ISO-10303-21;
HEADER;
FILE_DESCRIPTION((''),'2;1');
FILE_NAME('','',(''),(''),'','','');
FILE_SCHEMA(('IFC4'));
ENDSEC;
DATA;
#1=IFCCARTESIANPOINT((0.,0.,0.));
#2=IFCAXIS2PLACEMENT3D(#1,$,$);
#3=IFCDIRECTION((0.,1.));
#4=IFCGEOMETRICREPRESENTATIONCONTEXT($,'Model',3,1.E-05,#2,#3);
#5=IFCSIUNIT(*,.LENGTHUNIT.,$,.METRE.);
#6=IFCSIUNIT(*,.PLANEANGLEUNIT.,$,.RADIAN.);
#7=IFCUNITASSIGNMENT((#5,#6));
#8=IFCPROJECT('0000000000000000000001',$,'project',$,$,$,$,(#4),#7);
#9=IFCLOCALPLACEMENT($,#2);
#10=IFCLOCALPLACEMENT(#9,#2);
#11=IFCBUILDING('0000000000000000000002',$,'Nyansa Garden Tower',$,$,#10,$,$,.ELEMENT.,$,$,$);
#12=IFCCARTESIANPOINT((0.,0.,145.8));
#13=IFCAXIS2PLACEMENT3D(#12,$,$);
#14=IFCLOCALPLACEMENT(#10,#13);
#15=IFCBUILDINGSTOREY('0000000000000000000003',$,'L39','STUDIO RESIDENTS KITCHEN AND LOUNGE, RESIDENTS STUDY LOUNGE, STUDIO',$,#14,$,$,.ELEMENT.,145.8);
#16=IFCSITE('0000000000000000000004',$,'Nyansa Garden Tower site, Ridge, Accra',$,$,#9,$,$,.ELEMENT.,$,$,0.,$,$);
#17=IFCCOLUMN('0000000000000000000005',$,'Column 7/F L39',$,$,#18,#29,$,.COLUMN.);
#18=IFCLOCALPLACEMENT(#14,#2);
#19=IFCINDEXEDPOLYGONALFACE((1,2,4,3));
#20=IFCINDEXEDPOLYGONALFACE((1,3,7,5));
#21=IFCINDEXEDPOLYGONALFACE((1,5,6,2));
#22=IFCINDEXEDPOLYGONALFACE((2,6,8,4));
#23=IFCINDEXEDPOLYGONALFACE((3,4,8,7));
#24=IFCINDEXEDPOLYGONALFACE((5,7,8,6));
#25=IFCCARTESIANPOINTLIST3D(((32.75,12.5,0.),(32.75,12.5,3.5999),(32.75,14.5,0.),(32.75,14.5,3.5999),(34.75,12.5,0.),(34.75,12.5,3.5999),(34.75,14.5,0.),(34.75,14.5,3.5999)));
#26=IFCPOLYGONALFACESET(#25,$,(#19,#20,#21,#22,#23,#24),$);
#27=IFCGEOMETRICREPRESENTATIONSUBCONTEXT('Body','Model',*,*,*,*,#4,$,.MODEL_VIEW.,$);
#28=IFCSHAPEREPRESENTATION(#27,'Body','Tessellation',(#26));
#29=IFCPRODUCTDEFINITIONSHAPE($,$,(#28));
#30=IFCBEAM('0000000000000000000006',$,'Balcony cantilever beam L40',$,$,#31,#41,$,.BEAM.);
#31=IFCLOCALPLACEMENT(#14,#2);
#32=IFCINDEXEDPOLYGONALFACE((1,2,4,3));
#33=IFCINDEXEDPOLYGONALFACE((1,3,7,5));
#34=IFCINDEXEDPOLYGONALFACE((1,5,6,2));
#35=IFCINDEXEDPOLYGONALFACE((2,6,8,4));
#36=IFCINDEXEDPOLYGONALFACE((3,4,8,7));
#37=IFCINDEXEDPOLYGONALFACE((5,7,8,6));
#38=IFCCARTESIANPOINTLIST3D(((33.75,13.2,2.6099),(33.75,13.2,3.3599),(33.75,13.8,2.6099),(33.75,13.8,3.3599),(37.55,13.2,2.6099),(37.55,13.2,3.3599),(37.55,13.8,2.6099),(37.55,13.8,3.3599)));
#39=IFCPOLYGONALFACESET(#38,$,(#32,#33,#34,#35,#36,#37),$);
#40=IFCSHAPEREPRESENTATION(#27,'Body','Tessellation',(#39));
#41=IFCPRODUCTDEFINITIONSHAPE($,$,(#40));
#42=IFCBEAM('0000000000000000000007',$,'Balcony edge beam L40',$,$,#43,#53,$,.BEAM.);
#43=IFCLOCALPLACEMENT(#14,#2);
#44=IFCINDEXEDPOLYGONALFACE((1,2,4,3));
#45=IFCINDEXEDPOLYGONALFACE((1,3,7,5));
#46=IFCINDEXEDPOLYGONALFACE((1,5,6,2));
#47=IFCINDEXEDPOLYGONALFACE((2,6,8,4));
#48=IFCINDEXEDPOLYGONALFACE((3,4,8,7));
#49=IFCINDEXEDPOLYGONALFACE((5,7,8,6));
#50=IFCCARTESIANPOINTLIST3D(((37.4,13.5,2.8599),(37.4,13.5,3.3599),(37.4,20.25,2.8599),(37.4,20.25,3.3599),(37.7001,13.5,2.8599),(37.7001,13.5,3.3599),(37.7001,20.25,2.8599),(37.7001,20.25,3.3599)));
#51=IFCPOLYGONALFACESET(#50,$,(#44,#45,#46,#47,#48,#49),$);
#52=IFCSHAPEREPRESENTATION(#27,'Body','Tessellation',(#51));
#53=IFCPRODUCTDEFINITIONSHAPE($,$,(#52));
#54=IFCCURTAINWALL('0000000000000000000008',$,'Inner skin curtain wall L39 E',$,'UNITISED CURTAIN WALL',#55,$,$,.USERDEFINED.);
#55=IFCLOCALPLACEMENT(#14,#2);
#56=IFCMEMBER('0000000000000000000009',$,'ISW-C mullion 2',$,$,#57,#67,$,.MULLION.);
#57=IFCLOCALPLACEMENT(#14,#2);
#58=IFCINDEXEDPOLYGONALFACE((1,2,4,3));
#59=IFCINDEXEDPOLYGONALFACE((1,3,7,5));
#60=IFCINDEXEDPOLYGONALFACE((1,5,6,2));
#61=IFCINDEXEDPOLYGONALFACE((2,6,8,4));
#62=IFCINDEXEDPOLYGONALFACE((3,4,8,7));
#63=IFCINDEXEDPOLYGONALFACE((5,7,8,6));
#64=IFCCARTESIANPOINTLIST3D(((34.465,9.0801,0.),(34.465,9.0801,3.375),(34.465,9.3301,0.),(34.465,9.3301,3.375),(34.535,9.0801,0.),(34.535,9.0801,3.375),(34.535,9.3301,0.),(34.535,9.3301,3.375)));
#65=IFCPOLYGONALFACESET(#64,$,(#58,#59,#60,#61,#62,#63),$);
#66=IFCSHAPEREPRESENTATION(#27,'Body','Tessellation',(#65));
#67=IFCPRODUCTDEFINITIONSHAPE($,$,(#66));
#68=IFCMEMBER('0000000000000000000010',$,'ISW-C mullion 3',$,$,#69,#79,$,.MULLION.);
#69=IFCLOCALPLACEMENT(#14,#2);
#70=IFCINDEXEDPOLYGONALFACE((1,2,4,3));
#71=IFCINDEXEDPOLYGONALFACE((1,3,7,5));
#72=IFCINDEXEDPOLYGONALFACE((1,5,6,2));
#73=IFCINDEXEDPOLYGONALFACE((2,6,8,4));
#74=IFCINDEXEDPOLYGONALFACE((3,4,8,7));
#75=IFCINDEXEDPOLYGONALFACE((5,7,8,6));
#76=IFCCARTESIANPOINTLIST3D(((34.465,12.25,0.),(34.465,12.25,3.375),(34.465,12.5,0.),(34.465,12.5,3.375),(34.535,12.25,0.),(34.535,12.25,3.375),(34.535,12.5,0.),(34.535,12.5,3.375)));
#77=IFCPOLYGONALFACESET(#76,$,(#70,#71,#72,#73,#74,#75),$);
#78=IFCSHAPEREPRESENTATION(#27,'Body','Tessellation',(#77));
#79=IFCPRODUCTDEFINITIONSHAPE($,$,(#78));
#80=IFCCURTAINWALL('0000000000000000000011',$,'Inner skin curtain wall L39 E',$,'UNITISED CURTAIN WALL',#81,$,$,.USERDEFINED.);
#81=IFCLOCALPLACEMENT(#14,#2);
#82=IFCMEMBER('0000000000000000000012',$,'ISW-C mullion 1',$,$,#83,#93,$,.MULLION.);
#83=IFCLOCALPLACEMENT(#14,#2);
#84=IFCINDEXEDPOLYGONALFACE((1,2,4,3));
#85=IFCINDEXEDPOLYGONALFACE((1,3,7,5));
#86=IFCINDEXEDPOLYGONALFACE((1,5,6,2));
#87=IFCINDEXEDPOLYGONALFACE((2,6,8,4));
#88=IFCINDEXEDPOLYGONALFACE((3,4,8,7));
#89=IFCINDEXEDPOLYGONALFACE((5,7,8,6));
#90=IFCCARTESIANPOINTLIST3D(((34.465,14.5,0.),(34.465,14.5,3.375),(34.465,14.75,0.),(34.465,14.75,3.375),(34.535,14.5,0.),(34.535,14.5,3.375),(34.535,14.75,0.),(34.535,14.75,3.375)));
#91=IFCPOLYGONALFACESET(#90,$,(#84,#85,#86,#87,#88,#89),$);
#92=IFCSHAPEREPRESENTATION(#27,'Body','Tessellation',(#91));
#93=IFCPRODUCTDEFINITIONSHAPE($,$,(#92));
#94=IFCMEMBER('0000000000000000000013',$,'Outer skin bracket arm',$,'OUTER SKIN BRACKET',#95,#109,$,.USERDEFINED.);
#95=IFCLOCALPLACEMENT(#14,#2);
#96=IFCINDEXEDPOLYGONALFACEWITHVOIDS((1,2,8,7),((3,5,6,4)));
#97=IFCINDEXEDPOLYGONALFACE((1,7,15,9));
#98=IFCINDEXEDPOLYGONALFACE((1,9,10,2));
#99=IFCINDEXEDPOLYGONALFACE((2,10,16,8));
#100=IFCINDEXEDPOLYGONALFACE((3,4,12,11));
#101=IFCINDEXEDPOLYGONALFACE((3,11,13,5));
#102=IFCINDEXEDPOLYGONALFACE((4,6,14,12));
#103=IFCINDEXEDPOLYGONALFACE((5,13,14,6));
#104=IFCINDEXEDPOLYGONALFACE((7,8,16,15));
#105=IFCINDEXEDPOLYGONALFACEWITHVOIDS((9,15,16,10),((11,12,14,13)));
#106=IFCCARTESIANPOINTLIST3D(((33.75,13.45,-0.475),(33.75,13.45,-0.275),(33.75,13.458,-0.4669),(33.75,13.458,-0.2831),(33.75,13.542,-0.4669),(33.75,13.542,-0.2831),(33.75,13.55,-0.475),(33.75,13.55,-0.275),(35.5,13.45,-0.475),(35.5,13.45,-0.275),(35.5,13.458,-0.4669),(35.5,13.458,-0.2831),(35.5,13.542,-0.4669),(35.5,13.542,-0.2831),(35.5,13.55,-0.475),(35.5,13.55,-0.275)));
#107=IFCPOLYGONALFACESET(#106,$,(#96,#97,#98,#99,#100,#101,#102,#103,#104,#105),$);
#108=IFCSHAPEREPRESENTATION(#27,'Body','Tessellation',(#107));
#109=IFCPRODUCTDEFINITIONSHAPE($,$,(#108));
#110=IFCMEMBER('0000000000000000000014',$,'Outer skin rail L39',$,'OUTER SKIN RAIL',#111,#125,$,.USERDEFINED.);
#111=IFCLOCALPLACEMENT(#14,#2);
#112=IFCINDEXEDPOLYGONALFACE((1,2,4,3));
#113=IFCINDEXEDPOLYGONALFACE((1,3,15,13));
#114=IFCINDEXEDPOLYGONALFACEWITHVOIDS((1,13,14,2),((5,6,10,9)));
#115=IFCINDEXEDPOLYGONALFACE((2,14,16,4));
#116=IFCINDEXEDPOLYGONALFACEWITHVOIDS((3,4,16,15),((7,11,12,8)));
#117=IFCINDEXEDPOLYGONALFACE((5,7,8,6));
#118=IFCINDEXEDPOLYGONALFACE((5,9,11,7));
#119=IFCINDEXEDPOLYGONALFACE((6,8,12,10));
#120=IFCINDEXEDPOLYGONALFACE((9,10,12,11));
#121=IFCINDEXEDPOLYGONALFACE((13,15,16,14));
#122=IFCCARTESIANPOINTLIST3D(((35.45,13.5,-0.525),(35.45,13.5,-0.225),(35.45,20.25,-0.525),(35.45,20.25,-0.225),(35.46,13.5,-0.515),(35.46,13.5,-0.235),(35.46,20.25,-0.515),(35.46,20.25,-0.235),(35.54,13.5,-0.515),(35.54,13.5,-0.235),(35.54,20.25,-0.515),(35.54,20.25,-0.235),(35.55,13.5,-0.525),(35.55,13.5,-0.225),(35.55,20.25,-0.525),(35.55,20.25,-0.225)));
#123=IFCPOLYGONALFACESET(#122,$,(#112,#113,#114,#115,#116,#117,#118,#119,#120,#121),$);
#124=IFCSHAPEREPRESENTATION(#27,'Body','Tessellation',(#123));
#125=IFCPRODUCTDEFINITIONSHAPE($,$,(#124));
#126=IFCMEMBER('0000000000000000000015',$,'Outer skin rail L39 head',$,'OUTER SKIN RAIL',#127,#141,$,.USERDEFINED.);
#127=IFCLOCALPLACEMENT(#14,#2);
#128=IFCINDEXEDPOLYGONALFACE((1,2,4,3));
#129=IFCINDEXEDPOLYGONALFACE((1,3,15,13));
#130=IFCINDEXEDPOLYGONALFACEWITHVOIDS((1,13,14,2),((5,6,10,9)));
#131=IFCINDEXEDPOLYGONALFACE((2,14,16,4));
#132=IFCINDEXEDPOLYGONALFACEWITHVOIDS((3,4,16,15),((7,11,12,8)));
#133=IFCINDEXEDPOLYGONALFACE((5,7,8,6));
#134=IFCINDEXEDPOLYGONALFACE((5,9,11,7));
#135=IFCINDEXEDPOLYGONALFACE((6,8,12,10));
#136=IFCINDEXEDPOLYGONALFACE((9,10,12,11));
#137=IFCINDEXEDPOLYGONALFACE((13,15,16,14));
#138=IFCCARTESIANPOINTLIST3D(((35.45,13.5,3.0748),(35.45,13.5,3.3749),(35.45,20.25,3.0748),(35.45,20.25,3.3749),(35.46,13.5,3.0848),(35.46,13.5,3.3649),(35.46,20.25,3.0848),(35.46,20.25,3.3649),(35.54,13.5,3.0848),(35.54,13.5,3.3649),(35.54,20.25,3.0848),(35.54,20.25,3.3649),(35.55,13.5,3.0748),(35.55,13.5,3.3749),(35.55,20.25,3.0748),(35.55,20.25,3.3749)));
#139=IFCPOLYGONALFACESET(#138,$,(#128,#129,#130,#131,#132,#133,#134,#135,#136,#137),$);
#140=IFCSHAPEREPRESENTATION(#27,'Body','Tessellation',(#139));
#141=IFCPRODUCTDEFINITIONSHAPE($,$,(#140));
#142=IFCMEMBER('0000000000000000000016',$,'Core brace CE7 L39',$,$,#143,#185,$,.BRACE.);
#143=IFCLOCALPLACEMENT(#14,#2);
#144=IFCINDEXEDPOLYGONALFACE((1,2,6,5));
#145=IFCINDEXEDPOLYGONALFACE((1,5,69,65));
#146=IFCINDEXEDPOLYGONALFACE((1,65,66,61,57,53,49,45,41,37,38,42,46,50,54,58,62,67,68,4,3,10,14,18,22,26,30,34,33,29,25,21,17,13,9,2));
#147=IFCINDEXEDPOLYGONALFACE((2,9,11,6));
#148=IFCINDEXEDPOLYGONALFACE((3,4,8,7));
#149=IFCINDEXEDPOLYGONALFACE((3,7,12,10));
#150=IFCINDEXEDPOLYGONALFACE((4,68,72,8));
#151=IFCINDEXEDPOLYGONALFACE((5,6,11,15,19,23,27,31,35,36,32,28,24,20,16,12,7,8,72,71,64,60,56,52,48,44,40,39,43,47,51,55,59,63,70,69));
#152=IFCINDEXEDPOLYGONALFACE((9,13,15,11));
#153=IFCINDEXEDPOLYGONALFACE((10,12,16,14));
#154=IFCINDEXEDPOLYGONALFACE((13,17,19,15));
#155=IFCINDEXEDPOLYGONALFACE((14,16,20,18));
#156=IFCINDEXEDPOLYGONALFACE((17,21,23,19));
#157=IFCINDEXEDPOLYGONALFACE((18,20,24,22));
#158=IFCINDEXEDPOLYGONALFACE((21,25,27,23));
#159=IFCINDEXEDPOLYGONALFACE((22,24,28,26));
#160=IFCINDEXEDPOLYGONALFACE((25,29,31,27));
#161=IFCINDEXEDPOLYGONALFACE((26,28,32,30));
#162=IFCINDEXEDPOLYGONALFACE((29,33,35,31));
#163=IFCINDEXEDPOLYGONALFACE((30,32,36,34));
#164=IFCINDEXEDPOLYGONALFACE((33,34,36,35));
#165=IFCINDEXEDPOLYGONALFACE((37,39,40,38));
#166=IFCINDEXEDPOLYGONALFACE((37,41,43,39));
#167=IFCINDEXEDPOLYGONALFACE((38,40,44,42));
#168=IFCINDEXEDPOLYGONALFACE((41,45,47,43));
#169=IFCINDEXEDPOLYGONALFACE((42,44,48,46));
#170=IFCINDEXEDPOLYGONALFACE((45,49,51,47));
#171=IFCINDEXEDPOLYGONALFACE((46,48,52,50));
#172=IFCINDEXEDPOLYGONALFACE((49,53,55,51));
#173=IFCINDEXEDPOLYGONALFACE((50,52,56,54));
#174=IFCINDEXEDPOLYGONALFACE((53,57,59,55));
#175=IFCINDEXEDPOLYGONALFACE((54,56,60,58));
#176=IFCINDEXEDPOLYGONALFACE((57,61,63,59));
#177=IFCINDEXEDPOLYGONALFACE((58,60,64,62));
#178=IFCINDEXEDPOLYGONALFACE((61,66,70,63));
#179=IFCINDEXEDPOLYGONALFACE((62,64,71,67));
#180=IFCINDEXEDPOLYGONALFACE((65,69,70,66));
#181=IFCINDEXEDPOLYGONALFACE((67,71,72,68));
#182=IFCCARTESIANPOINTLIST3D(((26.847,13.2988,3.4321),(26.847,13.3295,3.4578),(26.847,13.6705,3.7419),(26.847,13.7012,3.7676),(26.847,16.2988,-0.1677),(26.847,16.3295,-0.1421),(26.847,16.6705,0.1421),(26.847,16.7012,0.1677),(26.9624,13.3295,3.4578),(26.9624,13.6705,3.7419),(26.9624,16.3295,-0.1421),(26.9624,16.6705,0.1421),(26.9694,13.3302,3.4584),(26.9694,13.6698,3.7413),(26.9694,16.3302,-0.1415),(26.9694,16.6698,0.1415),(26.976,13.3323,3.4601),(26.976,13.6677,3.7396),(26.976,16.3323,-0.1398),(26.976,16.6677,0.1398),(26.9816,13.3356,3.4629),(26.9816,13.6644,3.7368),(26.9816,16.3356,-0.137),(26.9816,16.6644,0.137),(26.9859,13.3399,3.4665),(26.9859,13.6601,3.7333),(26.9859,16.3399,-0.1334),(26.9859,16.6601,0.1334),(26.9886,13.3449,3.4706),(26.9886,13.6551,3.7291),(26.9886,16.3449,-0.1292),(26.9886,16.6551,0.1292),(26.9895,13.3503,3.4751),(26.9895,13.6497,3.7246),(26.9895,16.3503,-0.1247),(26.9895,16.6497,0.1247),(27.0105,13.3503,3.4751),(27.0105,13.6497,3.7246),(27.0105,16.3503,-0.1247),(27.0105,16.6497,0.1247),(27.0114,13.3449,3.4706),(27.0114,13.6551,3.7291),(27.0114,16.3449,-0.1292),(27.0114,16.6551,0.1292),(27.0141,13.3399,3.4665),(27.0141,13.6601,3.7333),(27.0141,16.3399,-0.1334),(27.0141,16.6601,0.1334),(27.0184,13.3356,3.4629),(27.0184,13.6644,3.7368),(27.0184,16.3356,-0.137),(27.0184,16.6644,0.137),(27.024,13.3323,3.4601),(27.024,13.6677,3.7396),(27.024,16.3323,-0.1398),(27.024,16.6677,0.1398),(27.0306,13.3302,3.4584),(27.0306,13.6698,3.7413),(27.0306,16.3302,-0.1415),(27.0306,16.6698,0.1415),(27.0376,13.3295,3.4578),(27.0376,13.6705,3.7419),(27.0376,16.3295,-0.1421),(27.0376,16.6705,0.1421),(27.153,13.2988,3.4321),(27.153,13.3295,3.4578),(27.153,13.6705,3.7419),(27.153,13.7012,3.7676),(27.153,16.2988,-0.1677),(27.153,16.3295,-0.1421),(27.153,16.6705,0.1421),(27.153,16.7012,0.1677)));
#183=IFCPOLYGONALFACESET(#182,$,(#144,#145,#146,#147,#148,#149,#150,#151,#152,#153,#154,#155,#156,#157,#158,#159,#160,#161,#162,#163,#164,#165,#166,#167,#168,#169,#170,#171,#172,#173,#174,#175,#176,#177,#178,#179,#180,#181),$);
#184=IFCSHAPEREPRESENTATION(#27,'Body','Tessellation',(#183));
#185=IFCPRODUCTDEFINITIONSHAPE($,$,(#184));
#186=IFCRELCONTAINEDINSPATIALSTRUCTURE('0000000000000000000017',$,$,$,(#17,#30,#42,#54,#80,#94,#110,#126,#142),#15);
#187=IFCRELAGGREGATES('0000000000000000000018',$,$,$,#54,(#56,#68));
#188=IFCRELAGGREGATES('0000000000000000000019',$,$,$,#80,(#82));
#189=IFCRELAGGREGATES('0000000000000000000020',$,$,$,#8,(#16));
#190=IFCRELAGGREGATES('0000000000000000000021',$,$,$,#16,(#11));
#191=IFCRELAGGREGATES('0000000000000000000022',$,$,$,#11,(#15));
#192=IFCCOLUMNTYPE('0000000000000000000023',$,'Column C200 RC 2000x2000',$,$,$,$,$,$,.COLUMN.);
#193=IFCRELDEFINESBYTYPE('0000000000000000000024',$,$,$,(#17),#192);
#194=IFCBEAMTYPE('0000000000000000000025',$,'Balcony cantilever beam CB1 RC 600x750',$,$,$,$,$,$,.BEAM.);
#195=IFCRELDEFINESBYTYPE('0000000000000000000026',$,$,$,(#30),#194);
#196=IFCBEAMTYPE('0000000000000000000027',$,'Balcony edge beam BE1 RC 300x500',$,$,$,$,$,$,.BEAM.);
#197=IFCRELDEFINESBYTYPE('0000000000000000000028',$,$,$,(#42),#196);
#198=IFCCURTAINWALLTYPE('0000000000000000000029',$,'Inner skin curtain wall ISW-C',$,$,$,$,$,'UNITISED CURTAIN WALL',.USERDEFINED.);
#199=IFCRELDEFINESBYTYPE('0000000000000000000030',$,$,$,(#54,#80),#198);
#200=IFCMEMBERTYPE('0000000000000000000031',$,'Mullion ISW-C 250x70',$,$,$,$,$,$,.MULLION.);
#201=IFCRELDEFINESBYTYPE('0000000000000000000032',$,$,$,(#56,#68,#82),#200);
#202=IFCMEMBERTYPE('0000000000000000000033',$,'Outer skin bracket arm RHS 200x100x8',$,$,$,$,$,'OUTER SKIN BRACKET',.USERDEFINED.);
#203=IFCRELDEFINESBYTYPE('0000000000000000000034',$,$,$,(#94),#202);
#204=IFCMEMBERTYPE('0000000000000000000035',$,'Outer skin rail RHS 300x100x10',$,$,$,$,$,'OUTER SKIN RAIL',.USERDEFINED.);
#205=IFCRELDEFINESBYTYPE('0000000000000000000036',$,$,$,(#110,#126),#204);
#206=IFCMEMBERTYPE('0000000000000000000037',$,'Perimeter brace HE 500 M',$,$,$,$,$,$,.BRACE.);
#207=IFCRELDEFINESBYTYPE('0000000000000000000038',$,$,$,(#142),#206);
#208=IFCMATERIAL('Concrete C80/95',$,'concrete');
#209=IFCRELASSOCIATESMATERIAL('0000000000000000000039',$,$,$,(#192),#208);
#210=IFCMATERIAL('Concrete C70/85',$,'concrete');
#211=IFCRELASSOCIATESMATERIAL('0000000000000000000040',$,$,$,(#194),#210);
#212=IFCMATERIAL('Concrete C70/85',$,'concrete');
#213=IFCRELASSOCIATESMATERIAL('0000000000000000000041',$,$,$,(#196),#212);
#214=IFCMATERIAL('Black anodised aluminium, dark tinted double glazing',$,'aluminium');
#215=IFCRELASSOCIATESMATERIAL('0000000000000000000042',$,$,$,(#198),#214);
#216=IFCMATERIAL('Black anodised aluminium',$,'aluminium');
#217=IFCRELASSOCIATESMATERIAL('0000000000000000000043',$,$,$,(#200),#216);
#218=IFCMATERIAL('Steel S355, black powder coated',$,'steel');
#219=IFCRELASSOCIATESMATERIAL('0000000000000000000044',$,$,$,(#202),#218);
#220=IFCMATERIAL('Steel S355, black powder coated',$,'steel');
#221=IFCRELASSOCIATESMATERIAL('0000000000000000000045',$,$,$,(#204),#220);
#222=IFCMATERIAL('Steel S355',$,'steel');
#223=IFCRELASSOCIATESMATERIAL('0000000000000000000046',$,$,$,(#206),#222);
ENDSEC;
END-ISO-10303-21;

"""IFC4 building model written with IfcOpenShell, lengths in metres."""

from ifc_helpers import new_model, si_unit, direction, frame, origin, origin_2d, place, context, subcontext, project, spatial, rectangle, hollow_rectangle, i_section, extrude, material, material_profile, profile_set, type_object, element, aggregate, save


model = new_model("IFC4")

# Units and contexts
model_context = context("Model", 3, precision=1e-05, world=origin(), true_north=direction((0.0, 1.0)))
body_context = subcontext(model_context, "Body", "Model", "MODEL_VIEW")
ifc_project = project(units=[si_unit("LENGTHUNIT", "METRE"), si_unit("PLANEANGLEUNIT", "RADIAN")], contexts=[model_context])

# Site, building, storey
site_placement = place(None, origin())
site = spatial("IfcSite", under=ifc_project, at=site_placement, Name="Nyansa Garden Tower site, Ridge, Accra", CompositionType="ELEMENT", RefElevation=0.0)
building_placement = place(site_placement, origin())
building = spatial("IfcBuilding", under=site, at=building_placement, Name="Nyansa Garden Tower", CompositionType="ELEMENT")
storey_placement = place(building_placement, frame((0.0, 0.0, 145.8)))
storey = spatial("IfcBuildingStorey", under=building, at=storey_placement, Name="L39", Description="STUDIO RESIDENTS KITCHEN AND LOUNGE, RESIDENTS STUDY LOUNGE, STUDIO", CompositionType="ELEMENT", Elevation=145.8)

# Column
ifc_material_1 = material(Name="Concrete C80/95", Category="concrete")
ifc_material_profile_1 = material_profile(ifc_material_1, rectangle(XDim=2.0, YDim=2.0, at=origin_2d()), Name="RC 2000x2000")
ifc_profile_set_1 = profile_set([ifc_material_profile_1], Name="Concrete C80/95")
column_type = type_object("IfcColumnType", Name="Column C200 RC 2000x2000", PredefinedType="COLUMN", material=ifc_profile_set_1)
column_placement = place(storey_placement, frame((33.75, 13.5, 0.0), z_axis=(0.0, 0.0, 1.0), x_axis=(1.0, 0.0, 0.0)))
element("IfcColumn", 1, at=column_placement, inside=storey, type_object=column_type, Name="Column 7/F L39", PredefinedType="COLUMN", context=body_context, shape_type="SweptSolid", body=[
    extrude(rectangle(XDim=2.0, YDim=2.0, at=origin_2d()), origin(), (0.0, 0.0, 1.0), 3.5999),
])

# Beams
ifc_material_2 = material(Name="Concrete C70/85", Category="concrete")
ifc_material_profile_2 = material_profile(ifc_material_2, rectangle(XDim=0.6001, YDim=0.75, at=origin_2d()), Name="RC 600x750")
ifc_profile_set_2 = profile_set([ifc_material_profile_2], Name="Concrete C70/85")
beam_type_1 = type_object("IfcBeamType", Name="Balcony cantilever beam CB1 RC 600x750", PredefinedType="BEAM", material=ifc_profile_set_2)
beam_1_placement = place(storey_placement, frame((33.75, 13.5, 2.9849), z_axis=(1.0, 0.0, 0.0), x_axis=(0.0, 1.0, 0.0)))
element("IfcBeam", 2, at=beam_1_placement, inside=storey, type_object=beam_type_1, Name="Balcony cantilever beam L40", PredefinedType="BEAM", context=body_context, shape_type="SweptSolid", body=[
    extrude(rectangle(XDim=0.6001, YDim=0.75, at=origin_2d()), origin(), (0.0, 0.0, 1.0), 3.8),
])
ifc_material_3 = material(Name="Concrete C70/85", Category="concrete")
ifc_material_profile_3 = material_profile(ifc_material_3, rectangle(XDim=0.3, YDim=0.5, at=origin_2d()), Name="RC 300x500")
ifc_profile_set_3 = profile_set([ifc_material_profile_3], Name="Concrete C70/85")
beam_type_2 = type_object("IfcBeamType", Name="Balcony edge beam BE1 RC 300x500", PredefinedType="BEAM", material=ifc_profile_set_3)
beam_2_placement = place(storey_placement, frame((37.55, 13.5, 3.1099), z_axis=(0.0, 1.0, 0.0), x_axis=(-1.0, 0.0, 0.0)))
element("IfcBeam", 3, at=beam_2_placement, inside=storey, type_object=beam_type_2, Name="Balcony edge beam L40", PredefinedType="BEAM", context=body_context, shape_type="SweptSolid", body=[
    extrude(rectangle(XDim=0.3, YDim=0.5, at=origin_2d()), origin(), (0.0, 0.0, 1.0), 6.75),
])

# Curtain wall, members
ifc_material_4 = material(Name="Black anodised aluminium, dark tinted double glazing", Category="aluminium")
curtain_wall_type = type_object("IfcCurtainWallType", Name="Inner skin curtain wall ISW-C", ElementType="UNITISED CURTAIN WALL", PredefinedType="USERDEFINED", material=ifc_material_4)
curtain_wall_1_placement = place(storey_placement, origin())
curtain_wall_1 = element("IfcCurtainWall", 4, at=curtain_wall_1_placement, inside=storey, type_object=curtain_wall_type, Name="Inner skin curtain wall L39 E", ObjectType="UNITISED CURTAIN WALL", PredefinedType="USERDEFINED")
ifc_material_5 = material(Name="Black anodised aluminium", Category="aluminium")
ifc_material_profile_4 = material_profile(ifc_material_5, rectangle(XDim=0.0701, YDim=0.25, at=origin_2d()), Name="Mullion 250x70")
ifc_profile_set_4 = profile_set([ifc_material_profile_4], Name="Black anodised aluminium")
member_type_1 = type_object("IfcMemberType", Name="Mullion ISW-C 250x70", PredefinedType="MULLION", material=ifc_profile_set_4)
member_1_placement = place(storey_placement, frame((34.5, 9.2051, 0.0), z_axis=(0.0, 0.0, 1.0), x_axis=(-1.0, 0.0, 0.0)))
member_1 = element("IfcMember", 5, at=member_1_placement, type_object=member_type_1, Name="ISW-C mullion 2", PredefinedType="MULLION", context=body_context, shape_type="SweptSolid", body=[
    extrude(rectangle(XDim=0.0701, YDim=0.25, at=origin_2d()), origin(), (0.0, 0.0, 1.0), 3.375),
])
member_2_placement = place(storey_placement, frame((34.5, 12.375, 0.0), z_axis=(0.0, 0.0, 1.0), x_axis=(-1.0, 0.0, 0.0)))
member_2 = element("IfcMember", 6, at=member_2_placement, type_object=member_type_1, Name="ISW-C mullion 3", PredefinedType="MULLION", context=body_context, shape_type="SweptSolid", body=[
    extrude(rectangle(XDim=0.0701, YDim=0.25, at=origin_2d()), origin(), (0.0, 0.0, 1.0), 3.375),
])

# Curtain wall, member
curtain_wall_2_placement = place(storey_placement, origin())
curtain_wall_2 = element("IfcCurtainWall", 7, at=curtain_wall_2_placement, inside=storey, type_object=curtain_wall_type, Name="Inner skin curtain wall L39 E", ObjectType="UNITISED CURTAIN WALL", PredefinedType="USERDEFINED")
member_3_placement = place(storey_placement, frame((34.5, 14.625, 0.0), z_axis=(0.0, 0.0, 1.0), x_axis=(-1.0, 0.0, 0.0)))
member_3 = element("IfcMember", 8, at=member_3_placement, type_object=member_type_1, Name="ISW-C mullion 1", PredefinedType="MULLION", context=body_context, shape_type="SweptSolid", body=[
    extrude(rectangle(XDim=0.0701, YDim=0.25, at=origin_2d()), origin(), (0.0, 0.0, 1.0), 3.375),
])

# Members
ifc_material_6 = material(Name="Steel S355, black powder coated", Category="steel")
ifc_material_profile_5 = material_profile(ifc_material_6, hollow_rectangle(XDim=0.1001, YDim=0.2, WallThickness=0.0081, at=origin_2d()), Name="RHS 200x100x8")
ifc_profile_set_5 = profile_set([ifc_material_profile_5], Name="Steel S355, black powder coated")
member_type_2 = type_object("IfcMemberType", Name="Outer skin bracket arm RHS 200x100x8", ElementType="OUTER SKIN BRACKET", PredefinedType="USERDEFINED", material=ifc_profile_set_5)
member_4_placement = place(storey_placement, frame((33.75, 13.5, -0.375), z_axis=(1.0, 0.0, 0.0), x_axis=(0.0, 1.0, 0.0)))
element("IfcMember", 9, at=member_4_placement, inside=storey, type_object=member_type_2, Name="Outer skin bracket arm", ObjectType="OUTER SKIN BRACKET", PredefinedType="USERDEFINED", context=body_context, shape_type="SweptSolid", body=[
    extrude(hollow_rectangle(XDim=0.1001, YDim=0.2, WallThickness=0.0081, at=origin_2d()), origin(), (0.0, 0.0, 1.0), 1.75),
])
ifc_material_7 = material(Name="Steel S355, black powder coated", Category="steel")
ifc_material_profile_6 = material_profile(ifc_material_7, hollow_rectangle(XDim=0.1001, YDim=0.3, WallThickness=0.01, at=origin_2d()), Name="RHS 300x100x10")
ifc_profile_set_6 = profile_set([ifc_material_profile_6], Name="Steel S355, black powder coated")
member_type_3 = type_object("IfcMemberType", Name="Outer skin rail RHS 300x100x10", ElementType="OUTER SKIN RAIL", PredefinedType="USERDEFINED", material=ifc_profile_set_6)
for number, where, z_axis, x_axis, name in (
    (10, (35.5, 13.5, -0.375), (0.0, 1.0, 0.0), (-1.0, 0.0, 0.0), "Outer skin rail L39"),
    (11, (35.5, 13.5, 3.2249), (0.0, 1.0, 0.0), (-1.0, 0.0, 0.0), "Outer skin rail L39 head"),
):
    element("IfcMember", number, at=place(storey_placement, frame(where, z_axis=z_axis, x_axis=x_axis)), inside=storey, type_object=member_type_3, Name=name, ObjectType="OUTER SKIN RAIL", PredefinedType="USERDEFINED", context=body_context, shape_type="SweptSolid", body=[
        extrude(hollow_rectangle(XDim=0.1001, YDim=0.3, WallThickness=0.01, at=origin_2d()), origin(), (0.0, 0.0, 1.0), 6.75),
    ])
ifc_material_8 = material(Name="Steel S355", Category="steel")
ifc_material_profile_7 = material_profile(ifc_material_8, i_section(OverallWidth=0.3059, OverallDepth=0.5239, WebThickness=0.021, FlangeThickness=0.04, FilletRadius=0.0271, at=origin_2d()), Name="HE 500 M")
ifc_profile_set_7 = profile_set([ifc_material_profile_7], Name="Steel S355")
member_type_4 = type_object("IfcMemberType", Name="Perimeter brace HE 500 M", PredefinedType="BRACE", material=ifc_profile_set_7)
member_5_placement = place(storey_placement, frame((27.0, 16.5, 0.0), z_axis=(0.0, -0.6402, 0.768208), x_axis=(1.0, 0.0, 0.0)))
element("IfcMember", 12, at=member_5_placement, inside=storey, type_object=member_type_4, Name="Core brace CE7 L39", PredefinedType="BRACE", context=body_context, shape_type="SweptSolid", body=[
    extrude(i_section(OverallWidth=0.3059, OverallDepth=0.5239, WebThickness=0.021, FlangeThickness=0.04, FilletRadius=0.0271, at=origin_2d()), origin(), (0.0, 0.0, 1.0), 4.686),
])

aggregate(curtain_wall_1, [member_1, member_2])
aggregate(curtain_wall_2, [member_3])

save(model, "model.ifc")
